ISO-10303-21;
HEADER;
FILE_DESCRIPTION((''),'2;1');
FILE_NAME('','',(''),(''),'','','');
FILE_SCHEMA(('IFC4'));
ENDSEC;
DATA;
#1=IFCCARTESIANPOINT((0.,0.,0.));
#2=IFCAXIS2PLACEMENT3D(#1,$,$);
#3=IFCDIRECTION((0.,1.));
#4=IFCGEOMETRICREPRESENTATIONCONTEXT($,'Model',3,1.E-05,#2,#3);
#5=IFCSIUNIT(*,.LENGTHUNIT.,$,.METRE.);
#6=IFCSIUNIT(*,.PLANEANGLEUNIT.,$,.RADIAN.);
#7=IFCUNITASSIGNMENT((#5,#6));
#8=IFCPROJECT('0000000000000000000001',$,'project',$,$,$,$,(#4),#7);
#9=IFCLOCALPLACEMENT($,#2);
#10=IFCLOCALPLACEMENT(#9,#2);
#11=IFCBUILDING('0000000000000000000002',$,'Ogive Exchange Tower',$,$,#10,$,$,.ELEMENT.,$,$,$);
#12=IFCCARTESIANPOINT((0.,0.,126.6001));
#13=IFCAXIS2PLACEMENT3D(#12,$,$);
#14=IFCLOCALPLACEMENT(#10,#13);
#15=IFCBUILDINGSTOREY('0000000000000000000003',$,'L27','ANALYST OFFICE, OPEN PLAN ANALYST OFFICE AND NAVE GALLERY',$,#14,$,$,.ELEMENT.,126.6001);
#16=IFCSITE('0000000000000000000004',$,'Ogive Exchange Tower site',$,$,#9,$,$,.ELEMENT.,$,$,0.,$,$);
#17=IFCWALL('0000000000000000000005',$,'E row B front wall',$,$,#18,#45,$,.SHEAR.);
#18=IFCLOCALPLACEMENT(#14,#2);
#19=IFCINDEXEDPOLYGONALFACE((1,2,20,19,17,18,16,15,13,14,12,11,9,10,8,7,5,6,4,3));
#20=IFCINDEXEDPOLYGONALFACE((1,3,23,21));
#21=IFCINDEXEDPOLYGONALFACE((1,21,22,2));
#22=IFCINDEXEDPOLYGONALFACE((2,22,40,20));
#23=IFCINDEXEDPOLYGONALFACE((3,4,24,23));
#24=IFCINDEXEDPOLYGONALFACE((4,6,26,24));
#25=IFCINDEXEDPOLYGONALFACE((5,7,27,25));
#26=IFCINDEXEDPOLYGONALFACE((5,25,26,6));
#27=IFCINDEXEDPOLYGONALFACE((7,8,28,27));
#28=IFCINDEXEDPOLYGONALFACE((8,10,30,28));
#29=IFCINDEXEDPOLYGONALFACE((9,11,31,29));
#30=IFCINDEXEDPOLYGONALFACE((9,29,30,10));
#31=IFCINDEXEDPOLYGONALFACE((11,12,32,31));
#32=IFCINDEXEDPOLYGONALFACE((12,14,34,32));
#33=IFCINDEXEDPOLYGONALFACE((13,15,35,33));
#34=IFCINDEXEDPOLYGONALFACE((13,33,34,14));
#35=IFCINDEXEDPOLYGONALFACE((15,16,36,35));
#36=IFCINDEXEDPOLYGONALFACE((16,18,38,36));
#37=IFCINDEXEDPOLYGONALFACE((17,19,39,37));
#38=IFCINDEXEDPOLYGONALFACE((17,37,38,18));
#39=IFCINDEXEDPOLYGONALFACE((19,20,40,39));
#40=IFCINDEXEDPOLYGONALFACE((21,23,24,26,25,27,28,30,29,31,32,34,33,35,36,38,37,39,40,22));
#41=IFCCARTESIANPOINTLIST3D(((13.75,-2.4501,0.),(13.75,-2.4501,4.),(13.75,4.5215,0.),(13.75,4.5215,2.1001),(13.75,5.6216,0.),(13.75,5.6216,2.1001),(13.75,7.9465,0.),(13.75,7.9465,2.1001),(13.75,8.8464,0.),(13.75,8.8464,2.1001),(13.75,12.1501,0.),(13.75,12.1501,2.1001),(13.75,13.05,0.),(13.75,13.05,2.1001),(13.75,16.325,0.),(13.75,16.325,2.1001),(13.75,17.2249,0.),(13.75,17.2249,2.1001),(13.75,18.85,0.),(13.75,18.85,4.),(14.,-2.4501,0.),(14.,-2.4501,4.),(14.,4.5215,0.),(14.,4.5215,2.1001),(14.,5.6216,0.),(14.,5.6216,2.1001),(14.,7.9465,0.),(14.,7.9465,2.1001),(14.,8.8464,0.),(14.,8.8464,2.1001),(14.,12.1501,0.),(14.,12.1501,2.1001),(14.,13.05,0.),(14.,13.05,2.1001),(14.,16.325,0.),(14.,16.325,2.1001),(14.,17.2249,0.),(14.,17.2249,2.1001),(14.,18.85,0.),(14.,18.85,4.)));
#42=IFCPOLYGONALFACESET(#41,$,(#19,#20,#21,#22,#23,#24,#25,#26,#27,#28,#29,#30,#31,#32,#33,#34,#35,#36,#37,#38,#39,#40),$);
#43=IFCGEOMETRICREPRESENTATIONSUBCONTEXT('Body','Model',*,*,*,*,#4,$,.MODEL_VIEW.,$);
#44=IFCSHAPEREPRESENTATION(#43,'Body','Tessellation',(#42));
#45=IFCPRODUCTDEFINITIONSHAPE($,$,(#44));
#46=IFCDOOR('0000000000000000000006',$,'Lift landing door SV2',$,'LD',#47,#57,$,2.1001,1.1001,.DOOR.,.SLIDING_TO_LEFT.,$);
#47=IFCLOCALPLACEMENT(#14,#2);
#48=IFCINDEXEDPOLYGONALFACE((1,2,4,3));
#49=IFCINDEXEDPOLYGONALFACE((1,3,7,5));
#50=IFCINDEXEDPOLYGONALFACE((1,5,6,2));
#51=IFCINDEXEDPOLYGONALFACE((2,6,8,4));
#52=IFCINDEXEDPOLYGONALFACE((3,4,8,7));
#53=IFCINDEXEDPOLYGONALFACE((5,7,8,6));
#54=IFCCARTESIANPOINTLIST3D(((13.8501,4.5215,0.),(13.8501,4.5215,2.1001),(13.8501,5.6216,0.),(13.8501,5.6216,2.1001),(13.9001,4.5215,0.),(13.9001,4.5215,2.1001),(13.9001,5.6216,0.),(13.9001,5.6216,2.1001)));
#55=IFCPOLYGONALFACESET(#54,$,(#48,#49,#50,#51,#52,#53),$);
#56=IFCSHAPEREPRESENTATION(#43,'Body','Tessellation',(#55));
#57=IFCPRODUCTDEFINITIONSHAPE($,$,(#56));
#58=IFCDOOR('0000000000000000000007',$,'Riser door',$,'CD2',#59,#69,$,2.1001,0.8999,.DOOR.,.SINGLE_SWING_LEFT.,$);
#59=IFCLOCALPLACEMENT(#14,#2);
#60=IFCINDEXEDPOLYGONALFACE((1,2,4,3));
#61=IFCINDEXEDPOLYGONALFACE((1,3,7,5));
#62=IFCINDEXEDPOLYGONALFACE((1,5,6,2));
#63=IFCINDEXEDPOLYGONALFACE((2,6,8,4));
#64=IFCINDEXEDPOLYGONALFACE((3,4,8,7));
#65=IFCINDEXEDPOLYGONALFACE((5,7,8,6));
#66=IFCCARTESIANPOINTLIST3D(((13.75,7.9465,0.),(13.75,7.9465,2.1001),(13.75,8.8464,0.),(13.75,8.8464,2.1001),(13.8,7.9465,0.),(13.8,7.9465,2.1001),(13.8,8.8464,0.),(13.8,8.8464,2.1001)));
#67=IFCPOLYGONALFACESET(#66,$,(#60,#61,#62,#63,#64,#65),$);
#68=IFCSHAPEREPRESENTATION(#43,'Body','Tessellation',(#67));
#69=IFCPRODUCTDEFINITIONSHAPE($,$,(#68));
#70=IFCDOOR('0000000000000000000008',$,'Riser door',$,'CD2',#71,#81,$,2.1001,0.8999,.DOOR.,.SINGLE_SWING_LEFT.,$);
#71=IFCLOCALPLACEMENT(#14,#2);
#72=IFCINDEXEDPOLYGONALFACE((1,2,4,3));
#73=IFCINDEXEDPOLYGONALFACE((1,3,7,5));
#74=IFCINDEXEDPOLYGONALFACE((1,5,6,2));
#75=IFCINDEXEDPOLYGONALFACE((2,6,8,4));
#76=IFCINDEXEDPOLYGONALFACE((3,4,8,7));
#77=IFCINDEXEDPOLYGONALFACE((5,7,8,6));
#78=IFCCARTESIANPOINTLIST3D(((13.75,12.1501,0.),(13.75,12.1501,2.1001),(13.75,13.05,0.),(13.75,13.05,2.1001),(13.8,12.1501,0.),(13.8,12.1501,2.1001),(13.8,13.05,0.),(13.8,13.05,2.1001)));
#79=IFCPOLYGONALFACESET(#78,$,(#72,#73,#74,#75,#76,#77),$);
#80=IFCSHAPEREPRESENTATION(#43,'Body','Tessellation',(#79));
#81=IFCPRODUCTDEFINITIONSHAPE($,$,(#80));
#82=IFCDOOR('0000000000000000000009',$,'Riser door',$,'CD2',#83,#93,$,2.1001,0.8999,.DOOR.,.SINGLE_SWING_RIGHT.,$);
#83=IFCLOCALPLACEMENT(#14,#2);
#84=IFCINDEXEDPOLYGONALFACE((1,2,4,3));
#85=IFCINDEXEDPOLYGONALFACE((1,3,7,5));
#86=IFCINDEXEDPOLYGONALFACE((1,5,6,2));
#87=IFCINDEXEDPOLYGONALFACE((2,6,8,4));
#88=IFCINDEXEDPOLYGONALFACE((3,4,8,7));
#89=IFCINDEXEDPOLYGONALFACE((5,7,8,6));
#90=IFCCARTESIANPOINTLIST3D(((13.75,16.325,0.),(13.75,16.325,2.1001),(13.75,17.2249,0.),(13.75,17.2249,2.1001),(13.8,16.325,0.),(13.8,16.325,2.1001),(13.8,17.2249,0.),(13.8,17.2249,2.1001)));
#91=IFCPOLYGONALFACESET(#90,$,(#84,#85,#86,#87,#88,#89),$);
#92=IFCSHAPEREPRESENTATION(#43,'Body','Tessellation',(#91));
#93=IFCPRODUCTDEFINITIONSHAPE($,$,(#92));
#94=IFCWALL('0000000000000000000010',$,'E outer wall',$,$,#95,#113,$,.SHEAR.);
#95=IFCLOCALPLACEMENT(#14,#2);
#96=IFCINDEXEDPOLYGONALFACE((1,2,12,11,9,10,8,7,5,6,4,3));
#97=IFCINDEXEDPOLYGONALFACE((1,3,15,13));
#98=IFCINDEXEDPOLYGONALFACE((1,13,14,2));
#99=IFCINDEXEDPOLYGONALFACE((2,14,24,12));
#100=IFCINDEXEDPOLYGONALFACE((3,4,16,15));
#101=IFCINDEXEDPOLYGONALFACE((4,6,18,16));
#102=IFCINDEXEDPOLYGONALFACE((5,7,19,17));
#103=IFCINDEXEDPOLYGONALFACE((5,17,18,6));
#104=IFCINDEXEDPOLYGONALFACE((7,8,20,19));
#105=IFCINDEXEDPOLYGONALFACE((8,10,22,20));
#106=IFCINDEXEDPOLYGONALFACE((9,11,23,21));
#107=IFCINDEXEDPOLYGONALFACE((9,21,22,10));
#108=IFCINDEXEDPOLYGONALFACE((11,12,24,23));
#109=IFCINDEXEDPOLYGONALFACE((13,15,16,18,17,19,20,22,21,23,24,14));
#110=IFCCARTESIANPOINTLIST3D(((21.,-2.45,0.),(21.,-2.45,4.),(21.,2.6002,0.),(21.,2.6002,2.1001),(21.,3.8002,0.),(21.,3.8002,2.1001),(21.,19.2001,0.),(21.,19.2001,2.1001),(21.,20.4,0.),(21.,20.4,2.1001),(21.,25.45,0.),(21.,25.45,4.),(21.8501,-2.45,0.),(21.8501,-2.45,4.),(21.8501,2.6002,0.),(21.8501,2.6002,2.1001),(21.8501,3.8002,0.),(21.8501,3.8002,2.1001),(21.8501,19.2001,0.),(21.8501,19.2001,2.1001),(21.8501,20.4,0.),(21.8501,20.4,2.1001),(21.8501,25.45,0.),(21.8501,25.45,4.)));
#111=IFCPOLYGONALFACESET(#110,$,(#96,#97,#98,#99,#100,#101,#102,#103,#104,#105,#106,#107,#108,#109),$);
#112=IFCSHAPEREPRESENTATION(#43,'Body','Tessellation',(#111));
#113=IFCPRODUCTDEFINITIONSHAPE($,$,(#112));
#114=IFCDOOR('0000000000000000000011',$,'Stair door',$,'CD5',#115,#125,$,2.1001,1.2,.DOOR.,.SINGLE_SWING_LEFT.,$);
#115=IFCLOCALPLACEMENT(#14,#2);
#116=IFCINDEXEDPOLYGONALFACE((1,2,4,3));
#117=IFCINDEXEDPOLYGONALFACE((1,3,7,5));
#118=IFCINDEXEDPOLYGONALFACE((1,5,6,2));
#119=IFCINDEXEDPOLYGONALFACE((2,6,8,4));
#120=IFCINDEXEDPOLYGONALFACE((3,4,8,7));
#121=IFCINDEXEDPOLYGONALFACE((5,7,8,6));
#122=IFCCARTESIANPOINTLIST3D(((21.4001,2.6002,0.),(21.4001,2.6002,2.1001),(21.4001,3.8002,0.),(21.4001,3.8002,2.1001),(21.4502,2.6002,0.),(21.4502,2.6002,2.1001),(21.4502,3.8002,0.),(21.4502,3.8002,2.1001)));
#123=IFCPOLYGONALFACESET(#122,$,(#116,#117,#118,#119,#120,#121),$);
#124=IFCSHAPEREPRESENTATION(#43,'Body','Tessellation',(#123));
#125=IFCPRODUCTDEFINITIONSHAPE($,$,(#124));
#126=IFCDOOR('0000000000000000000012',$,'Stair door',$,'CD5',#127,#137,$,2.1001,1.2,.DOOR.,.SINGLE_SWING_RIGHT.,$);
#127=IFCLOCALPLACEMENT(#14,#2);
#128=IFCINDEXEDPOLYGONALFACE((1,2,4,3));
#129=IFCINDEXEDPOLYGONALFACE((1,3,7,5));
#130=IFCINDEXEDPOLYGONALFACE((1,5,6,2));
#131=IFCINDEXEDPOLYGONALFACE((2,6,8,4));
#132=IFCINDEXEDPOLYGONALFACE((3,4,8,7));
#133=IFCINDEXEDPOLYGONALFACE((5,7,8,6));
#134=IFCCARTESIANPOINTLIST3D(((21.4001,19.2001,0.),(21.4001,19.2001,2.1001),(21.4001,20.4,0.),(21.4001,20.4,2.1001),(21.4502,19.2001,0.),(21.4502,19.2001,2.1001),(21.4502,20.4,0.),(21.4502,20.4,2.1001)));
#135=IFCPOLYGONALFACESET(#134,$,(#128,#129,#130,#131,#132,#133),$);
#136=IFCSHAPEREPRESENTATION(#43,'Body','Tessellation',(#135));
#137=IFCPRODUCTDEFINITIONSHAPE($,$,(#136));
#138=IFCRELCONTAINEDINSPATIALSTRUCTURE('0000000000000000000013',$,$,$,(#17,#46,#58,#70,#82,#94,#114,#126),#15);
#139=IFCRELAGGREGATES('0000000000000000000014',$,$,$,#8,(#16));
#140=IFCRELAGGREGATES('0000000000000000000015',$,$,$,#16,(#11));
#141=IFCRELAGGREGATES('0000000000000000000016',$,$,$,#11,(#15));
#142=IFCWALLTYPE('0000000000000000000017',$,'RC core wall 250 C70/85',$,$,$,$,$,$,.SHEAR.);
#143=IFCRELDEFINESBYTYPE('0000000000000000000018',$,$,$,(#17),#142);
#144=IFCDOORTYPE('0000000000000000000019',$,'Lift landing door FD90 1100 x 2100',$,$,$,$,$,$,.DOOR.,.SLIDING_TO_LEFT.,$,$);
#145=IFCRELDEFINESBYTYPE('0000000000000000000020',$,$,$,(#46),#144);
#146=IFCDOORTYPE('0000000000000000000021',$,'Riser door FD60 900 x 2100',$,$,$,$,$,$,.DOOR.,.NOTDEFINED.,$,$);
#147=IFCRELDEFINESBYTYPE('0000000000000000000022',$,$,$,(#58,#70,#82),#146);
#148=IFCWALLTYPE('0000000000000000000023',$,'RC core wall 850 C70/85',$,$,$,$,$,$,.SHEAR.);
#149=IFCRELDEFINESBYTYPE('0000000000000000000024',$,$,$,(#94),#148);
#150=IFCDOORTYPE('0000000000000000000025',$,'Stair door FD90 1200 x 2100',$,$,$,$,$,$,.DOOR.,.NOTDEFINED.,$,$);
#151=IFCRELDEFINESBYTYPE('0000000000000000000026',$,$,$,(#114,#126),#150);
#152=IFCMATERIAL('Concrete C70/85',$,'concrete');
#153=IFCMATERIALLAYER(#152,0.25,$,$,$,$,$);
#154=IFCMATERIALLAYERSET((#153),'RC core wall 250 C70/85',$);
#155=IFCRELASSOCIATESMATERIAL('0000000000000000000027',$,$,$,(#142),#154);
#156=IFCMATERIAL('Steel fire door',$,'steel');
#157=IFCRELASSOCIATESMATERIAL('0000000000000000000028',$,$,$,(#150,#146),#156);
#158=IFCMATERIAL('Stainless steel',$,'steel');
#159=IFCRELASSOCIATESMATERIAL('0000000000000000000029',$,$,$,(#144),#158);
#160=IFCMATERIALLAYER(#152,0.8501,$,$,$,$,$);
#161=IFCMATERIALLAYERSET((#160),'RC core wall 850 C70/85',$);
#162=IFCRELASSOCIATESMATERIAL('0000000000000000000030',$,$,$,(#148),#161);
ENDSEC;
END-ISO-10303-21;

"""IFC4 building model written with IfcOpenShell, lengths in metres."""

from ifc_helpers import new_model, si_unit, direction, frame, frame_2d, origin, place, context, subcontext, project, spatial, rectangle, extrude, material, layer, layer_set, type_object, element, fill, save


model = new_model("IFC4")

# Units and contexts
model_context = context("Model", 3, precision=1e-05, world=origin(), true_north=direction((0.0, 1.0)))
body_context = subcontext(model_context, "Body", "Model", "MODEL_VIEW")
ifc_project = project(units=[si_unit("LENGTHUNIT", "METRE"), si_unit("PLANEANGLEUNIT", "RADIAN")], contexts=[model_context])

# Site, building, storey
site_placement = place(None, origin())
site = spatial("IfcSite", under=ifc_project, at=site_placement, Name="Ogive Exchange Tower site", CompositionType="ELEMENT", RefElevation=0.0)
building_placement = place(site_placement, origin())
building = spatial("IfcBuilding", under=site, at=building_placement, Name="Ogive Exchange Tower", CompositionType="ELEMENT")
storey_placement = place(building_placement, frame((0.0, 0.0, 126.6001)))
storey = spatial("IfcBuildingStorey", under=building, at=storey_placement, Name="L27", Description="ANALYST OFFICE, OPEN PLAN ANALYST OFFICE AND NAVE GALLERY", CompositionType="ELEMENT", Elevation=126.6001)

# Shared definitions
ifc_material_1 = material(Name="Concrete C70/85", Category="concrete")
ifc_layer_1 = layer(ifc_material_1, 0.25)
ifc_layer_set_1 = layer_set([ifc_layer_1], Name="RC core wall 250 C70/85")
wall_type_1 = type_object("IfcWallType", Name="RC core wall 250 C70/85", PredefinedType="SHEAR", material=ifc_layer_set_1)
ifc_material_2 = material(Name="Steel fire door", Category="steel")
door_type_1 = type_object("IfcDoorType", Name="Stair door FD90 1200 x 2100", OperationType="NOTDEFINED", PredefinedType="DOOR", material=ifc_material_2)

# Walls, openings, doors
wall_1_placement = place(storey_placement, frame((13.875, -2.45, 0.0), z_axis=(0.0, 0.0, 1.0), x_axis=(0.0, 1.0, 0.0)))
wall_1 = element("IfcWall", 1, at=wall_1_placement, inside=storey, type_object=wall_type_1, Name="E row B front wall", PredefinedType="SHEAR", context=body_context, shape_type="SweptSolid", body=[
    extrude(rectangle(XDim=21.3, YDim=0.25, at=frame_2d((10.6499, 0.0))), origin(), (0.0, 0.0, 1.0), 4.0),
])
opening_1_placement = place(wall_1_placement, frame((10.3965, 0.0, 0.0)))
opening_1 = element("IfcOpeningElement", 2, at=opening_1_placement, cuts=wall_1, PredefinedType="OPENING", context=body_context, shape_type="SweptSolid", body=[
    extrude(rectangle(XDim=0.8999, YDim=2.1001, at=frame_2d((0.45, 1.05))), frame((0.0, 0.135, 0.0), z_axis=(0.0, -1.0, 0.0), x_axis=(1.0, 0.0, 0.0)), (0.0, 0.0, 1.0), 0.27),
])
opening_2_placement = place(wall_1_placement, frame((14.6001, 0.0, 0.0)))
opening_2 = element("IfcOpeningElement", 3, at=opening_2_placement, cuts=wall_1, PredefinedType="OPENING", context=body_context, shape_type="SweptSolid", body=[
    extrude(rectangle(XDim=0.8999, YDim=2.1001, at=frame_2d((0.45, 1.05))), frame((0.0, 0.135, 0.0), z_axis=(0.0, -1.0, 0.0), x_axis=(1.0, 0.0, 0.0)), (0.0, 0.0, 1.0), 0.27),
])
opening_3_placement = place(wall_1_placement, frame((18.7749, 0.0, 0.0)))
opening_3 = element("IfcOpeningElement", 4, at=opening_3_placement, cuts=wall_1, PredefinedType="OPENING", context=body_context, shape_type="SweptSolid", body=[
    extrude(rectangle(XDim=0.8999, YDim=2.1001, at=frame_2d((0.45, 1.05))), frame((0.0, 0.135, 0.0), z_axis=(0.0, -1.0, 0.0), x_axis=(1.0, 0.0, 0.0)), (0.0, 0.0, 1.0), 0.27),
])
opening_4_placement = place(wall_1_placement, frame((6.9714, 0.0, 0.0)))
opening_4 = element("IfcOpeningElement", 5, at=opening_4_placement, cuts=wall_1, PredefinedType="OPENING", context=body_context, shape_type="SweptSolid", body=[
    extrude(rectangle(XDim=1.1001, YDim=2.1001, at=frame_2d((0.55, 1.05))), frame((0.0, 0.135, 0.0), z_axis=(0.0, -1.0, 0.0), x_axis=(1.0, 0.0, 0.0)), (0.0, 0.0, 1.0), 0.27),
])
ifc_material_3 = material(Name="Stainless steel", Category="steel")
door_type_2 = type_object("IfcDoorType", Name="Lift landing door FD90 1100 x 2100", OperationType="SLIDING_TO_LEFT", PredefinedType="DOOR", material=ifc_material_3)
door_1_placement = place(opening_4_placement, origin())
door_1 = element("IfcDoor", 6, at=door_1_placement, inside=storey, type_object=door_type_2, Name="Lift landing door SV2", ObjectType="LD", OperationType="SLIDING_TO_LEFT", OverallHeight=2.1001, OverallWidth=1.1001, PredefinedType="DOOR", context=body_context, shape_type="SweptSolid", body=[
    extrude(rectangle(XDim=1.1001, YDim=2.1001, at=frame_2d((0.55, 1.05))), frame((0.0, 0.0249, 0.0), z_axis=(0.0, -1.0, 0.0), x_axis=(1.0, 0.0, 0.0)), (0.0, 0.0, 1.0), 0.05),
])
fill(opening_4, door_1)
door_type_3 = type_object("IfcDoorType", Name="Riser door FD60 900 x 2100", OperationType="NOTDEFINED", PredefinedType="DOOR", material=ifc_material_2)
door_2_placement = place(opening_1_placement, origin())
door_2 = element("IfcDoor", 7, at=door_2_placement, inside=storey, type_object=door_type_3, Name="Riser door", ObjectType="CD2", OperationType="SINGLE_SWING_LEFT", OverallHeight=2.1001, OverallWidth=0.8999, PredefinedType="DOOR", context=body_context, shape_type="SweptSolid", body=[
    extrude(rectangle(XDim=0.8999, YDim=2.1001, at=frame_2d((0.45, 1.05))), frame((0.0, 0.125, 0.0), z_axis=(0.0, -1.0, 0.0), x_axis=(1.0, 0.0, 0.0)), (0.0, 0.0, 1.0), 0.05),
])
fill(opening_1, door_2)
door_3_placement = place(opening_2_placement, origin())
door_3 = element("IfcDoor", 8, at=door_3_placement, inside=storey, type_object=door_type_3, Name="Riser door", ObjectType="CD2", OperationType="SINGLE_SWING_LEFT", OverallHeight=2.1001, OverallWidth=0.8999, PredefinedType="DOOR", context=body_context, shape_type="SweptSolid", body=[
    extrude(rectangle(XDim=0.8999, YDim=2.1001, at=frame_2d((0.45, 1.05))), frame((0.0, 0.125, 0.0), z_axis=(0.0, -1.0, 0.0), x_axis=(1.0, 0.0, 0.0)), (0.0, 0.0, 1.0), 0.05),
])
fill(opening_2, door_3)
door_4_placement = place(opening_3_placement, origin())
door_4 = element("IfcDoor", 9, at=door_4_placement, inside=storey, type_object=door_type_3, Name="Riser door", ObjectType="CD2", OperationType="SINGLE_SWING_RIGHT", OverallHeight=2.1001, OverallWidth=0.8999, PredefinedType="DOOR", context=body_context, shape_type="SweptSolid", body=[
    extrude(rectangle(XDim=0.8999, YDim=2.1001, at=frame_2d((0.45, 1.05))), frame((0.0, 0.125, 0.0), z_axis=(0.0, -1.0, 0.0), x_axis=(1.0, 0.0, 0.0)), (0.0, 0.0, 1.0), 0.05),
])
fill(opening_3, door_4)
ifc_layer_2 = layer(ifc_material_1, 0.8501)
ifc_layer_set_2 = layer_set([ifc_layer_2], Name="RC core wall 850 C70/85")
wall_type_2 = type_object("IfcWallType", Name="RC core wall 850 C70/85", PredefinedType="SHEAR", material=ifc_layer_set_2)
wall_2_placement = place(storey_placement, frame((21.425, -2.45, 0.0), z_axis=(0.0, 0.0, 1.0), x_axis=(0.0, 1.0, 0.0)))
wall_2 = element("IfcWall", 10, at=wall_2_placement, inside=storey, type_object=wall_type_2, Name="E outer wall", PredefinedType="SHEAR", context=body_context, shape_type="SweptSolid", body=[
    extrude(rectangle(XDim=27.8999, YDim=0.8501, at=frame_2d((13.95, 0.0))), origin(), (0.0, 0.0, 1.0), 4.0),
])
opening_5_placement = place(wall_2_placement, frame((5.05, 0.0, 0.0)))
opening_5 = element("IfcOpeningElement", 11, at=opening_5_placement, cuts=wall_2, PredefinedType="OPENING", context=body_context, shape_type="SweptSolid", body=[
    extrude(rectangle(XDim=1.2, YDim=2.1001, at=frame_2d((0.6001, 1.05))), frame((0.0, 0.4351, 0.0), z_axis=(0.0, -1.0, 0.0), x_axis=(1.0, 0.0, 0.0)), (0.0, 0.0, 1.0), 0.8701),
])
opening_6_placement = place(wall_2_placement, frame((21.6499, 0.0, 0.0)))
opening_6 = element("IfcOpeningElement", 12, at=opening_6_placement, cuts=wall_2, PredefinedType="OPENING", context=body_context, shape_type="SweptSolid", body=[
    extrude(rectangle(XDim=1.2, YDim=2.1001, at=frame_2d((0.6001, 1.05))), frame((0.0, 0.4351, 0.0), z_axis=(0.0, -1.0, 0.0), x_axis=(1.0, 0.0, 0.0)), (0.0, 0.0, 1.0), 0.8701),
])
door_5_placement = place(opening_5_placement, origin())
door_5 = element("IfcDoor", 13, at=door_5_placement, inside=storey, type_object=door_type_1, Name="Stair door", ObjectType="CD5", OperationType="SINGLE_SWING_LEFT", OverallHeight=2.1001, OverallWidth=1.2, PredefinedType="DOOR", context=body_context, shape_type="SweptSolid", body=[
    extrude(rectangle(XDim=1.2, YDim=2.1001, at=frame_2d((0.6001, 1.05))), frame((0.0, 0.0249, 0.0), z_axis=(0.0, -1.0, 0.0), x_axis=(1.0, 0.0, 0.0)), (0.0, 0.0, 1.0), 0.05),
])
fill(opening_5, door_5)
door_6_placement = place(opening_6_placement, origin())
door_6 = element("IfcDoor", 14, at=door_6_placement, inside=storey, type_object=door_type_1, Name="Stair door", ObjectType="CD5", OperationType="SINGLE_SWING_RIGHT", OverallHeight=2.1001, OverallWidth=1.2, PredefinedType="DOOR", context=body_context, shape_type="SweptSolid", body=[
    extrude(rectangle(XDim=1.2, YDim=2.1001, at=frame_2d((0.6001, 1.05))), frame((0.0, 0.0249, 0.0), z_axis=(0.0, -1.0, 0.0), x_axis=(1.0, 0.0, 0.0)), (0.0, 0.0, 1.0), 0.05),
])
fill(opening_6, door_6)

save(model, "model.ifc")
